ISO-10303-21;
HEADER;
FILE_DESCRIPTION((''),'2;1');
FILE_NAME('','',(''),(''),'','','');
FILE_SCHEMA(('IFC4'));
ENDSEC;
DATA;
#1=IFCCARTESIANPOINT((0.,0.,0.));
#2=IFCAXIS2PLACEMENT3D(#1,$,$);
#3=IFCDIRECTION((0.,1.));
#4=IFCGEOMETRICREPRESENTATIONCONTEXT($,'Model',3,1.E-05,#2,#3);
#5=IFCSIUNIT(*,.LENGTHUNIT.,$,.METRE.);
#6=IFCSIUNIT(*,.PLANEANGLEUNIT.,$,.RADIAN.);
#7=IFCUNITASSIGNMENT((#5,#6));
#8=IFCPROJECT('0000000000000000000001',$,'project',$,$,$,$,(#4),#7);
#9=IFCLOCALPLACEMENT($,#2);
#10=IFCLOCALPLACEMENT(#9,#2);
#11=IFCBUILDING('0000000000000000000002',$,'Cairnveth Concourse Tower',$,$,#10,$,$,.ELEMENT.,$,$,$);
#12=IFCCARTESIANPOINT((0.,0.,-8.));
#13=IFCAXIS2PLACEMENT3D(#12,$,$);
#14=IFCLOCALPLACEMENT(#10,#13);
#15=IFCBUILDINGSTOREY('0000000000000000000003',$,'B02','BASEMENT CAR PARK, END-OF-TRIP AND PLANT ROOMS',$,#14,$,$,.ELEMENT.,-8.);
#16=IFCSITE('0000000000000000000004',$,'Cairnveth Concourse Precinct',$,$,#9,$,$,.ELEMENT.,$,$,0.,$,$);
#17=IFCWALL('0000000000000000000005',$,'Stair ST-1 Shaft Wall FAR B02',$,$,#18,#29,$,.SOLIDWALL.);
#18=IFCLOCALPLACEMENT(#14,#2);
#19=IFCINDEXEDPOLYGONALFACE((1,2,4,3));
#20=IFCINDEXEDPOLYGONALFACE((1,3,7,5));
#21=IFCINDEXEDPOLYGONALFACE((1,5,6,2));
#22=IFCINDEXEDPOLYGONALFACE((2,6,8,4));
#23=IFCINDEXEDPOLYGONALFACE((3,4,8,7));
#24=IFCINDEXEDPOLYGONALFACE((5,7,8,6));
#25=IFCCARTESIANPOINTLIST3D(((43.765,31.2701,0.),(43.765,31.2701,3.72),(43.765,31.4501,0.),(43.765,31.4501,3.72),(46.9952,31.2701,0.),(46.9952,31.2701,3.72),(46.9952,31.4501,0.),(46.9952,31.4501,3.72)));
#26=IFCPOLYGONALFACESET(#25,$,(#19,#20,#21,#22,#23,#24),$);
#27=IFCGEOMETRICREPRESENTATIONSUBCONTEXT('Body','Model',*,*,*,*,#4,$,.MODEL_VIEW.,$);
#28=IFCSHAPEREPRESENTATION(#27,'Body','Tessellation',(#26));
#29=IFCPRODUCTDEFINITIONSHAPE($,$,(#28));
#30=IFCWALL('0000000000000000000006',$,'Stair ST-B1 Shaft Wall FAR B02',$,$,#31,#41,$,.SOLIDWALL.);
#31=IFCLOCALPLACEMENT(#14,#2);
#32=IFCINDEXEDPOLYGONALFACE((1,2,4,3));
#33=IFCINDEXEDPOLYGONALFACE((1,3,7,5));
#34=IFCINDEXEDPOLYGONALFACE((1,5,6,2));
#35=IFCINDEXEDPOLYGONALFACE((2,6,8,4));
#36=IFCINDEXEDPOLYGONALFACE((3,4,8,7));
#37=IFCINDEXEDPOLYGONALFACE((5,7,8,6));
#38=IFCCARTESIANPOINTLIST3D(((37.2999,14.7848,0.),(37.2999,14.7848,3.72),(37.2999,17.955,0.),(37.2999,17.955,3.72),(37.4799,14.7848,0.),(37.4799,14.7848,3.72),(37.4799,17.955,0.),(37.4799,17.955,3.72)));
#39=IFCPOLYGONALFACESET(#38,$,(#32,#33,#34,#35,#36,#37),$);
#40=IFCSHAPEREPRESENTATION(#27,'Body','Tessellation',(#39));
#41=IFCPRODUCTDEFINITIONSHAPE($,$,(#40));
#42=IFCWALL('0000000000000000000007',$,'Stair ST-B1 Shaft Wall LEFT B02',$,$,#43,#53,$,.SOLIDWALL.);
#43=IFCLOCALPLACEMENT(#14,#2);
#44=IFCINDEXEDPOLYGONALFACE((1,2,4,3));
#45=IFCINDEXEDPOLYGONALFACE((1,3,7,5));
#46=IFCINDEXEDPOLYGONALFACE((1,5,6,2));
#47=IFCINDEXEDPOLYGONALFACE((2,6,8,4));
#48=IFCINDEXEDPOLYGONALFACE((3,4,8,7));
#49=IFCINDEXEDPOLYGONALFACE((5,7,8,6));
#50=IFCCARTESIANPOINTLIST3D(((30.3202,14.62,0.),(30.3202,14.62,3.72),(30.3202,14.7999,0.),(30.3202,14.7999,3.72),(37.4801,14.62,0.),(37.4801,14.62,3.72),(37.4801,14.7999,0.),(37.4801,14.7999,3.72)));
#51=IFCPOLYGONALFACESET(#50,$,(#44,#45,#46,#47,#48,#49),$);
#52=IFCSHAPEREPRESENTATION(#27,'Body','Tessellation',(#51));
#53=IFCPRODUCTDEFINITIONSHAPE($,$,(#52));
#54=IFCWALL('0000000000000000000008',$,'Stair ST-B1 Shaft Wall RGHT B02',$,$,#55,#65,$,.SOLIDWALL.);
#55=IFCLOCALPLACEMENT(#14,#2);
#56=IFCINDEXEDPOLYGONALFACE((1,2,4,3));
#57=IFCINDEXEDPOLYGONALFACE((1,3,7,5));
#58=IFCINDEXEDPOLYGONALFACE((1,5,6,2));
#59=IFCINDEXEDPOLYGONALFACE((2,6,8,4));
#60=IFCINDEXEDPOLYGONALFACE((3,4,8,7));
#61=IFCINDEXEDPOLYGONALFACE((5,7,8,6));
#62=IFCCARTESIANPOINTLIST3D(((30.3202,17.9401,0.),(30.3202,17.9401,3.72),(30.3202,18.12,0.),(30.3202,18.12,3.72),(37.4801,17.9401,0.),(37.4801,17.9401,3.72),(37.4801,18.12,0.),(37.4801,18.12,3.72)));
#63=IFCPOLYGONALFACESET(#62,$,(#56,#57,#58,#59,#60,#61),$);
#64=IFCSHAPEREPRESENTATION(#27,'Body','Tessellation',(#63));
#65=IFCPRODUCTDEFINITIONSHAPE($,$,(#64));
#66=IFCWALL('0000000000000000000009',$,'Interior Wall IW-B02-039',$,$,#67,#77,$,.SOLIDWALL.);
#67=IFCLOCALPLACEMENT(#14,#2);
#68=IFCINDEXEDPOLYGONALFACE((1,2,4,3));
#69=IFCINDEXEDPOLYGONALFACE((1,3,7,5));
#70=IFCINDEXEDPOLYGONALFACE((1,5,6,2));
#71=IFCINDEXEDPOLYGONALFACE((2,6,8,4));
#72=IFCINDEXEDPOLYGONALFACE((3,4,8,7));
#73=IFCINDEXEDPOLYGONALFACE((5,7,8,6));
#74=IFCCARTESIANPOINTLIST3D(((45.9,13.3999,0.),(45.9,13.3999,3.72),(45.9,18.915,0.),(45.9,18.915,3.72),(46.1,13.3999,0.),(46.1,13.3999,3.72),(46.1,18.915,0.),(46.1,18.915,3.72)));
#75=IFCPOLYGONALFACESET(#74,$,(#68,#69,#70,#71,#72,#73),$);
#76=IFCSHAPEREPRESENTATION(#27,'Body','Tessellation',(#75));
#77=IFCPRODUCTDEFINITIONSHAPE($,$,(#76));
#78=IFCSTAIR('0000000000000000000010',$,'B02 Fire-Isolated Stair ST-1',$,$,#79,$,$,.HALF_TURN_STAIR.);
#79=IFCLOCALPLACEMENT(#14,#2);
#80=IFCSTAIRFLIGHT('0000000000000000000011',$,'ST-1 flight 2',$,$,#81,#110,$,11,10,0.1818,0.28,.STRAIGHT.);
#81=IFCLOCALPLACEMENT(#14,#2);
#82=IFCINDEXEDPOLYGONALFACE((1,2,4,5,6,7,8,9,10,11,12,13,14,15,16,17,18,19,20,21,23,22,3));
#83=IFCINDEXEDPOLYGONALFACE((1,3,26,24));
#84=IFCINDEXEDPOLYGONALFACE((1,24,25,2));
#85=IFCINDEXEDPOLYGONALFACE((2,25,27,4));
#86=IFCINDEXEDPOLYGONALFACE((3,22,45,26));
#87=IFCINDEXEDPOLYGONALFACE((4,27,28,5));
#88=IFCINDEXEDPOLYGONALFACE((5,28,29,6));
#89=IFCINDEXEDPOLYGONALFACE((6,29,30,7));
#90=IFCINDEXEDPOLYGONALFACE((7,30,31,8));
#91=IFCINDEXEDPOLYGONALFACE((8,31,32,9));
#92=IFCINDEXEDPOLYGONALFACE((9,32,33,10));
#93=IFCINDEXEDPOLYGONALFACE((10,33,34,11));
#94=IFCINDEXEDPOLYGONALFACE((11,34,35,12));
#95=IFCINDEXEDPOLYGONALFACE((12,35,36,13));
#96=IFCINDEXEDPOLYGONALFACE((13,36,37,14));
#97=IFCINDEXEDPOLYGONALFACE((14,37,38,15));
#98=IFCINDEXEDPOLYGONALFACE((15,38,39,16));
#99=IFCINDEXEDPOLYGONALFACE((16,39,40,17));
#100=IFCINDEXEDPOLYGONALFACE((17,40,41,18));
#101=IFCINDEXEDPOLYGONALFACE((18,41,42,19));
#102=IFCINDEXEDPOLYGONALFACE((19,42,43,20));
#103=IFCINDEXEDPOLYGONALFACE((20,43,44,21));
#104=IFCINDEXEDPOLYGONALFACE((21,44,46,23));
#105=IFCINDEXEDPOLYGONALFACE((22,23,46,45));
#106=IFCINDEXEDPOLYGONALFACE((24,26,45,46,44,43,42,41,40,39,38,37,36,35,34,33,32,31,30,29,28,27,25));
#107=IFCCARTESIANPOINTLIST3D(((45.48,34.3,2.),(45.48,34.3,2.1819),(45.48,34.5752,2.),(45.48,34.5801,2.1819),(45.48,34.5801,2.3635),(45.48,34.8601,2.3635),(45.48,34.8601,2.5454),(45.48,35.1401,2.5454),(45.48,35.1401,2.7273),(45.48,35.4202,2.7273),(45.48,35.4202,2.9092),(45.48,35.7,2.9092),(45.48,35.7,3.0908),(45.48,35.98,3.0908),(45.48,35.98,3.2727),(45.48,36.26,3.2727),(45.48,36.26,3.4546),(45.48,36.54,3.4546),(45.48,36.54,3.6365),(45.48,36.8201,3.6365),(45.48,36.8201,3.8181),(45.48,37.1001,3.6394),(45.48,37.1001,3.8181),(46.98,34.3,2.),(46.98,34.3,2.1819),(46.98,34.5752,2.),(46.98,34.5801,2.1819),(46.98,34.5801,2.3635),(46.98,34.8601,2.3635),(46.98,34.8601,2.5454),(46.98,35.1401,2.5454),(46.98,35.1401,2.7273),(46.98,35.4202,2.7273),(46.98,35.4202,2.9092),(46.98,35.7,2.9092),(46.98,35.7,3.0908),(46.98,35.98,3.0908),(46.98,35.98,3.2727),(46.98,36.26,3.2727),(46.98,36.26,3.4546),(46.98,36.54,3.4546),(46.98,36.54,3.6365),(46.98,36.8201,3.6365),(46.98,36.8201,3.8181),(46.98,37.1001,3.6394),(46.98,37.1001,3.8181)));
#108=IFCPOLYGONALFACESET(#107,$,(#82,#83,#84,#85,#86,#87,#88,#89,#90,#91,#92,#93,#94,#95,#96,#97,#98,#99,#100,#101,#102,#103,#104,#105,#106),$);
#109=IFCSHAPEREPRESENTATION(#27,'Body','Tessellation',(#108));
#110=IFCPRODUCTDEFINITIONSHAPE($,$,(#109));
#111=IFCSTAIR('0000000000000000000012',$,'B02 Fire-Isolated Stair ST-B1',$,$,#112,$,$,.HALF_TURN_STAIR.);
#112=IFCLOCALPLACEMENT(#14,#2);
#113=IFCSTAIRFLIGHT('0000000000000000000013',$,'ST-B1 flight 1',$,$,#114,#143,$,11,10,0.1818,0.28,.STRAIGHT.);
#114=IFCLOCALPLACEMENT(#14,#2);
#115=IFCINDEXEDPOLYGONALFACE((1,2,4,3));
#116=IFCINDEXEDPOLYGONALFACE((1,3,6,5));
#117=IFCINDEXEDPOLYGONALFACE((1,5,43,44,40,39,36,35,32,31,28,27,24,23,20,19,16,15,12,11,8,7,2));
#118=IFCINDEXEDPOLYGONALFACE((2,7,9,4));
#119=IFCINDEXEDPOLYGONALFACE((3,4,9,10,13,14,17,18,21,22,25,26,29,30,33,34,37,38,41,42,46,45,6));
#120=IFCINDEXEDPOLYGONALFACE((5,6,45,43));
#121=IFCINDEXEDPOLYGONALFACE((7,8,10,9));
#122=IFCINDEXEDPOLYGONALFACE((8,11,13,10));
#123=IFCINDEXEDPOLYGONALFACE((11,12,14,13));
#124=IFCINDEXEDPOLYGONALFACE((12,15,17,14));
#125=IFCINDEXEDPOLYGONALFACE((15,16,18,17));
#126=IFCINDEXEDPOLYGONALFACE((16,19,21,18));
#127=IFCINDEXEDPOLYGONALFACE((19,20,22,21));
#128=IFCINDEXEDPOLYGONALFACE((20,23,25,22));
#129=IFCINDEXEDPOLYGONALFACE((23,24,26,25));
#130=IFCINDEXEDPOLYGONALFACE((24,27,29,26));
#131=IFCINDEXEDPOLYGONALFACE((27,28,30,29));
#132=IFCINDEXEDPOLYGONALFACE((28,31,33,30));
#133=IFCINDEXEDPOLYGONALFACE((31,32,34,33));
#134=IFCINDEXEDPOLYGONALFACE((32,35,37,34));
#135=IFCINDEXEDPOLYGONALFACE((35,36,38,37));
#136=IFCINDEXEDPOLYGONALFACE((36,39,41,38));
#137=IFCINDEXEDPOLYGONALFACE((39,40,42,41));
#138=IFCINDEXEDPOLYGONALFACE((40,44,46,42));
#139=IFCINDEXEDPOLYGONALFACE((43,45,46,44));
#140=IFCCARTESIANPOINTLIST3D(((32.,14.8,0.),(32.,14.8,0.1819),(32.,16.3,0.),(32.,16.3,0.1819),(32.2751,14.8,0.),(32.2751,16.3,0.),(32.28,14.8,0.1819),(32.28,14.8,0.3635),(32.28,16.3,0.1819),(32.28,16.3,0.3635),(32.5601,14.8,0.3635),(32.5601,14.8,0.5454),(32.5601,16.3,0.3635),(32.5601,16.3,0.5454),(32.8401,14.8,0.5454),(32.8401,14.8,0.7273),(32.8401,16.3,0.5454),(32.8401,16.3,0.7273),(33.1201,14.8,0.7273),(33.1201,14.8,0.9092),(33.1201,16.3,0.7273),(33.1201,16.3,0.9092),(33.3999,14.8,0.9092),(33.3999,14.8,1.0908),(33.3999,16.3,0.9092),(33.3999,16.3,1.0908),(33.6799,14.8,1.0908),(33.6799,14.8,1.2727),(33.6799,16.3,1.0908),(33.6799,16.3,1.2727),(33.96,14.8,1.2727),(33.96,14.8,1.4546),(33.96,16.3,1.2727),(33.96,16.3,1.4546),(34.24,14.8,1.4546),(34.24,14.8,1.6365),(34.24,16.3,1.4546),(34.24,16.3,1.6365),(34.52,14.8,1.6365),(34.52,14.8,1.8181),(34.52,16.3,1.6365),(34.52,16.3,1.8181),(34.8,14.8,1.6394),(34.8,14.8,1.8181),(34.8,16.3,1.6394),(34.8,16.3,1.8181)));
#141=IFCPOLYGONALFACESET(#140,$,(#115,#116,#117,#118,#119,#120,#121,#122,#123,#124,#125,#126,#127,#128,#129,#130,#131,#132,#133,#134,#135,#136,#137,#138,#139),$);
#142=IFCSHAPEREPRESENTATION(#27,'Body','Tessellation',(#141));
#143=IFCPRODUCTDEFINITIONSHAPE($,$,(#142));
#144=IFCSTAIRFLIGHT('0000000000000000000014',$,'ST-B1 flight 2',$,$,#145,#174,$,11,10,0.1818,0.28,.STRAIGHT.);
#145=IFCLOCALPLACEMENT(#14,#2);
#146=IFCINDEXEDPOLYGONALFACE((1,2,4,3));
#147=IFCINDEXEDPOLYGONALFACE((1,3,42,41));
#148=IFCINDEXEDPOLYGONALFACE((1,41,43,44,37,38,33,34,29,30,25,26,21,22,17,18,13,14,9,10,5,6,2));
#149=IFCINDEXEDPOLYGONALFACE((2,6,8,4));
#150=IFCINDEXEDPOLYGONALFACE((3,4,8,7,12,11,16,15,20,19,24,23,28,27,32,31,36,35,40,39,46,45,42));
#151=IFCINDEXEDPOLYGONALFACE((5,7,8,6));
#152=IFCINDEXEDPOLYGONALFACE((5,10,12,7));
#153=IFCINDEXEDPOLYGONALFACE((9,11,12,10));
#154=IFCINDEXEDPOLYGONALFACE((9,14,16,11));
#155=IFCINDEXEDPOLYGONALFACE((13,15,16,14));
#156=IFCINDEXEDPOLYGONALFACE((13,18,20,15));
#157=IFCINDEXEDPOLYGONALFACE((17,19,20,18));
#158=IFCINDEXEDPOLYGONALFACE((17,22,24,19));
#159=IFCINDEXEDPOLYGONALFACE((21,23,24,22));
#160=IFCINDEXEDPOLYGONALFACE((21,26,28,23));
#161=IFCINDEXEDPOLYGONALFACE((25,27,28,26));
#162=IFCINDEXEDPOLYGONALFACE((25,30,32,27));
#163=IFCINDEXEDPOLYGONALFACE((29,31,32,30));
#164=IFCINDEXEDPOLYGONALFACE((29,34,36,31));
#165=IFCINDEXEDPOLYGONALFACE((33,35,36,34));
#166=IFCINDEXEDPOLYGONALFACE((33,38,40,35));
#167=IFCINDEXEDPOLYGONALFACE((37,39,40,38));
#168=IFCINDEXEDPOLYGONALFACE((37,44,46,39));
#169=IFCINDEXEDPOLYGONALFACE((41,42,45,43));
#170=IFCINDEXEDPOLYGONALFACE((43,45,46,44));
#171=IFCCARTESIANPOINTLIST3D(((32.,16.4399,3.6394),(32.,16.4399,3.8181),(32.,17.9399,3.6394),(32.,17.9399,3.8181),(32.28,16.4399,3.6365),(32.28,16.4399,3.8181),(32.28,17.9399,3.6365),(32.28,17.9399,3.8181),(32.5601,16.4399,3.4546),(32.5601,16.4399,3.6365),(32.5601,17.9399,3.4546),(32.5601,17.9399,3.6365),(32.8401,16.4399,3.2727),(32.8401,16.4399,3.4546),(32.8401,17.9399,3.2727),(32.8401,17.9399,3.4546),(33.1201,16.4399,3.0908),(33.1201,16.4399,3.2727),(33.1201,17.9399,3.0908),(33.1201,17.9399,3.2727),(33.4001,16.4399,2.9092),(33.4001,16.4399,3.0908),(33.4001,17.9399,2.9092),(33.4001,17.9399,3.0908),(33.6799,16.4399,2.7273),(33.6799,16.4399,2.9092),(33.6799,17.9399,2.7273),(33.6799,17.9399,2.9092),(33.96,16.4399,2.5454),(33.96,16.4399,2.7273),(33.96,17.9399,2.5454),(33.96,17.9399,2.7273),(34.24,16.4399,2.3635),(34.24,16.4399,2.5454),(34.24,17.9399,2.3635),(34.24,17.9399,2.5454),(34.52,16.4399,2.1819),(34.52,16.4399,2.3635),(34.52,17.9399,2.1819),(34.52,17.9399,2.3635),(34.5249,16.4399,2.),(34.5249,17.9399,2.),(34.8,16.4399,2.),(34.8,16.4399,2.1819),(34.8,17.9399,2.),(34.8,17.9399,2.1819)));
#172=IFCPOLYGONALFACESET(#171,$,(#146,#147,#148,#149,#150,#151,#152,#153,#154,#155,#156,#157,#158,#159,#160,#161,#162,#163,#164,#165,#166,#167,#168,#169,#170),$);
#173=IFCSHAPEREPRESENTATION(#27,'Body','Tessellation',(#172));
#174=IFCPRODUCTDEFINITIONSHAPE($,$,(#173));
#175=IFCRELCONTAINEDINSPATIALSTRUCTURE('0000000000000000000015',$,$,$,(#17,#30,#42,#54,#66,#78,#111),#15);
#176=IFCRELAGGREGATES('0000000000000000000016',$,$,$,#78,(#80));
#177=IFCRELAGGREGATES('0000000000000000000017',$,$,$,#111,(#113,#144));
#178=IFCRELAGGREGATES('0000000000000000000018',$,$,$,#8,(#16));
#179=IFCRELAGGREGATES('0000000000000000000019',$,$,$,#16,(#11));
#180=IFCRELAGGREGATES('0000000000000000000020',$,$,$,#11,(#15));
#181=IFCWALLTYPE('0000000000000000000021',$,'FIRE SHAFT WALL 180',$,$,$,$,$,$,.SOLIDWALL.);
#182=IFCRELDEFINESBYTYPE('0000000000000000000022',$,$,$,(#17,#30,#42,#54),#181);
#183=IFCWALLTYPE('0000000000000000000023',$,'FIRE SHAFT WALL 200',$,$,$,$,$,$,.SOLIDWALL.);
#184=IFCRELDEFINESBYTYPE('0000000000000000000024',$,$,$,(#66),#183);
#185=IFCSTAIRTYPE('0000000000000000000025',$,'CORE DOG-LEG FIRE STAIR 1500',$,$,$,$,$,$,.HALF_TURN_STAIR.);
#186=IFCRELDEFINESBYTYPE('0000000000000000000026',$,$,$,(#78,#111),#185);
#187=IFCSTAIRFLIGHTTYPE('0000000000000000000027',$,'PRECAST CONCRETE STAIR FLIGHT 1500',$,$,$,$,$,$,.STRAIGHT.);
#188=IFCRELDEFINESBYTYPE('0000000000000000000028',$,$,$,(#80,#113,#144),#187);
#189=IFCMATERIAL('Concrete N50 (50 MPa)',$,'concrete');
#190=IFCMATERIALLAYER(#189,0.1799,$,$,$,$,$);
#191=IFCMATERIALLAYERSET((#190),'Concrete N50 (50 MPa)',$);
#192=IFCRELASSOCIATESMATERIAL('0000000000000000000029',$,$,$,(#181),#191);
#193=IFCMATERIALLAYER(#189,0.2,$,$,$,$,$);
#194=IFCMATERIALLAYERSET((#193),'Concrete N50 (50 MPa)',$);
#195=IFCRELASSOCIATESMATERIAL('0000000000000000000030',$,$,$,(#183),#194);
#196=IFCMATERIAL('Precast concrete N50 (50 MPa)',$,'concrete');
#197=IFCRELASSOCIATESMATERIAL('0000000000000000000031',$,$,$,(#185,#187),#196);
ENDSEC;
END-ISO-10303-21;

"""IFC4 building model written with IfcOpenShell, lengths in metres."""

from ifc_helpers import new_model, si_unit, direction, frame, frame_2d, origin, place, context, subcontext, project, spatial, polyline, rectangle, outline, extrude, material, layer, layer_set, type_object, element, aggregate, save


model = new_model("IFC4")

# Units and contexts
model_context = context("Model", 3, precision=1e-05, world=origin(), true_north=direction((0.0, 1.0)))
body_context = subcontext(model_context, "Body", "Model", "MODEL_VIEW")
ifc_project = project(units=[si_unit("LENGTHUNIT", "METRE"), si_unit("PLANEANGLEUNIT", "RADIAN")], contexts=[model_context])

# Site, building, storey
site_placement = place(None, origin())
site = spatial("IfcSite", under=ifc_project, at=site_placement, Name="Cairnveth Concourse Precinct", CompositionType="ELEMENT", RefElevation=0.0)
building_placement = place(site_placement, origin())
building = spatial("IfcBuilding", under=site, at=building_placement, Name="Cairnveth Concourse Tower", CompositionType="ELEMENT")
storey_placement = place(building_placement, frame((0.0, 0.0, -8.0)))
storey = spatial("IfcBuildingStorey", under=building, at=storey_placement, Name="B02", Description="BASEMENT CAR PARK, END-OF-TRIP AND PLANT ROOMS", CompositionType="ELEMENT", Elevation=-8.0)

# Shared definitions
ifc_material_1 = material(Name="Concrete N50 (50 MPa)", Category="concrete")

# Wall
ifc_layer_1 = layer(ifc_material_1, 0.1799)
ifc_layer_set_1 = layer_set([ifc_layer_1], Name="Concrete N50 (50 MPa)")
wall_type_1 = type_object("IfcWallType", Name="FIRE SHAFT WALL 180", PredefinedType="SOLIDWALL", material=ifc_layer_set_1)
wall_1_placement = place(storey_placement, frame((43.7649, 31.3601, 0.0), z_axis=(0.0, 0.0, 1.0), x_axis=(1.0, 0.0, 0.0)))
element("IfcWall", 1, at=wall_1_placement, inside=storey, type_object=wall_type_1, Name="Stair ST-1 Shaft Wall FAR B02", PredefinedType="SOLIDWALL", context=body_context, shape_type="SweptSolid", body=[
    extrude(rectangle(XDim=3.2302, YDim=0.1799, at=frame_2d((1.6152, 0.0))), origin(), (0.0, 0.0, 1.0), 3.72),
])

# Walls
wall_2_placement = place(storey_placement, frame((37.3899, 14.7849, 0.0), z_axis=(0.0, 0.0, 1.0), x_axis=(0.0, 1.0, 0.0)))
element("IfcWall", 2, at=wall_2_placement, inside=storey, type_object=wall_type_1, Name="Stair ST-B1 Shaft Wall FAR B02", PredefinedType="SOLIDWALL", context=body_context, shape_type="SweptSolid", body=[
    extrude(rectangle(XDim=3.1702, YDim=0.1799, at=frame_2d((1.585, 0.0))), origin(), (0.0, 0.0, 1.0), 3.72),
])
for number, where, z_axis, x_axis, name in (
    (3, (30.3201, 14.71, 0.0), (0.0, 0.0, 1.0), (1.0, 0.0, 0.0), "Stair ST-B1 Shaft Wall LEFT B02"),
    (4, (30.3201, 18.03, 0.0), (0.0, 0.0, 1.0), (1.0, 0.0, 0.0), "Stair ST-B1 Shaft Wall RGHT B02"),
):
    element("IfcWall", number, at=place(storey_placement, frame(where, z_axis=z_axis, x_axis=x_axis)), inside=storey, type_object=wall_type_1, Name=name, PredefinedType="SOLIDWALL", context=body_context, shape_type="SweptSolid", body=[
        extrude(rectangle(XDim=7.1599, YDim=0.1799, at=frame_2d((3.5801, 0.0))), origin(), (0.0, 0.0, 1.0), 3.72),
    ])
ifc_layer_2 = layer(ifc_material_1, 0.2)
ifc_layer_set_2 = layer_set([ifc_layer_2], Name="Concrete N50 (50 MPa)")
wall_type_2 = type_object("IfcWallType", Name="FIRE SHAFT WALL 200", PredefinedType="SOLIDWALL", material=ifc_layer_set_2)
wall_3_placement = place(storey_placement, frame((46.0, 13.3999, 0.0), z_axis=(0.0, 0.0, 1.0), x_axis=(0.0, 1.0, 0.0)))
element("IfcWall", 5, at=wall_3_placement, inside=storey, type_object=wall_type_2, Name="Interior Wall IW-B02-039", PredefinedType="SOLIDWALL", context=body_context, shape_type="SweptSolid", body=[
    extrude(rectangle(XDim=5.5151, YDim=0.2, at=frame_2d((2.7576, 0.0))), origin(), (0.0, 0.0, 1.0), 3.72),
])

# Stair, stair flight
ifc_material_2 = material(Name="Precast concrete N50 (50 MPa)", Category="concrete")
stair_type = type_object("IfcStairType", Name="CORE DOG-LEG FIRE STAIR 1500", PredefinedType="HALF_TURN_STAIR", material=ifc_material_2)
stair_1_placement = place(storey_placement, origin())
stair_1 = element("IfcStair", 6, at=stair_1_placement, inside=storey, type_object=stair_type, Name="B02 Fire-Isolated Stair ST-1", PredefinedType="HALF_TURN_STAIR")
stair_flight_type = type_object("IfcStairFlightType", Name="PRECAST CONCRETE STAIR FLIGHT 1500", PredefinedType="STRAIGHT", material=ifc_material_2)
stair_flight_1_placement = place(storey_placement, frame((46.23, 34.3, 2.0), z_axis=(0.0, 0.0, 1.0), x_axis=(0.0, 1.0, 0.0)))
stair_flight_1 = element("IfcStairFlight", 7, at=stair_flight_1_placement, type_object=stair_flight_type, Name="ST-1 flight 2", NumberOfRisers=11, NumberOfTreads=10, PredefinedType="STRAIGHT", RiserHeight=0.1818, TreadLength=0.28, context=body_context, shape_type="SweptSolid", body=[
    extrude(outline(polyline([(0.0, 0.0), (0.0, 0.1819), (0.28, 0.1819), (0.28, 0.3635), (0.5601, 0.3635), (0.5601, 0.5454), (0.8401, 0.5454), (0.8401, 0.7273), (1.1201, 0.7273), (1.1201, 0.9092), (1.3999, 0.9092), (1.3999, 1.0908), (1.6799, 1.0908), (1.6799, 1.2727), (1.96, 1.2727), (1.96, 1.4546), (2.24, 1.4546), (2.24, 1.6365), (2.52, 1.6365), (2.52, 1.8181), (2.8, 1.8181), (2.8, 2.0), (2.8, 1.6394), (0.2751, 0.0), (0.0, 0.0)])), frame((0.0, 0.75, 0.0), z_axis=(0.0, -1.0, 0.0), x_axis=(1.0, 0.0, 0.0)), (0.0, 0.0, 1.0), 1.5),
])
aggregate(stair_1, [stair_flight_1])

# Stair, stair flights
stair_2_placement = place(storey_placement, origin())
stair_2 = element("IfcStair", 8, at=stair_2_placement, inside=storey, type_object=stair_type, Name="B02 Fire-Isolated Stair ST-B1", PredefinedType="HALF_TURN_STAIR")
stair_flight_2_placement = place(storey_placement, frame((32.0, 15.55, 0.0), z_axis=(0.0, 0.0, 1.0), x_axis=(1.0, 0.0, 0.0)))
stair_flight_2 = element("IfcStairFlight", 9, at=stair_flight_2_placement, type_object=stair_flight_type, Name="ST-B1 flight 1", NumberOfRisers=11, NumberOfTreads=10, PredefinedType="STRAIGHT", RiserHeight=0.1818, TreadLength=0.28, context=body_context, shape_type="SweptSolid", body=[
    extrude(outline(polyline([(0.0, 0.0), (0.0, 0.1819), (0.28, 0.1819), (0.28, 0.3635), (0.5601, 0.3635), (0.5601, 0.5454), (0.8401, 0.5454), (0.8401, 0.7273), (1.1201, 0.7273), (1.1201, 0.9092), (1.3999, 0.9092), (1.3999, 1.0908), (1.6799, 1.0908), (1.6799, 1.2727), (1.96, 1.2727), (1.96, 1.4546), (2.24, 1.4546), (2.24, 1.6365), (2.52, 1.6365), (2.52, 1.8181), (2.8, 1.8181), (2.8, 2.0), (2.8, 1.6394), (0.2751, 0.0), (0.0, 0.0)])), frame((0.0, 0.75, 0.0), z_axis=(0.0, -1.0, 0.0), x_axis=(1.0, 0.0, 0.0)), (0.0, 0.0, 1.0), 1.5),
])
stair_flight_3_placement = place(storey_placement, frame((34.8, 17.1899, 2.0), z_axis=(0.0, 0.0, 1.0), x_axis=(-1.0, 0.0, 0.0)))
stair_flight_3 = element("IfcStairFlight", 10, at=stair_flight_3_placement, type_object=stair_flight_type, Name="ST-B1 flight 2", NumberOfRisers=11, NumberOfTreads=10, PredefinedType="STRAIGHT", RiserHeight=0.1818, TreadLength=0.28, context=body_context, shape_type="SweptSolid", body=[
    extrude(outline(polyline([(0.0, 0.0), (0.0, 0.1819), (0.28, 0.1819), (0.28, 0.3635), (0.5601, 0.3635), (0.5601, 0.5454), (0.8401, 0.5454), (0.8401, 0.7273), (1.1201, 0.7273), (1.1201, 0.9092), (1.3999, 0.9092), (1.3999, 1.0908), (1.6799, 1.0908), (1.6799, 1.2727), (1.96, 1.2727), (1.96, 1.4546), (2.24, 1.4546), (2.24, 1.6365), (2.52, 1.6365), (2.52, 1.8181), (2.8, 1.8181), (2.8, 2.0), (2.8, 1.6394), (0.2751, 0.0), (0.0, 0.0)])), frame((0.0, 0.75, 0.0), z_axis=(0.0, -1.0, 0.0), x_axis=(1.0, 0.0, 0.0)), (0.0, 0.0, 1.0), 1.5),
])
aggregate(stair_2, [stair_flight_2, stair_flight_3])

save(model, "model.ifc")
